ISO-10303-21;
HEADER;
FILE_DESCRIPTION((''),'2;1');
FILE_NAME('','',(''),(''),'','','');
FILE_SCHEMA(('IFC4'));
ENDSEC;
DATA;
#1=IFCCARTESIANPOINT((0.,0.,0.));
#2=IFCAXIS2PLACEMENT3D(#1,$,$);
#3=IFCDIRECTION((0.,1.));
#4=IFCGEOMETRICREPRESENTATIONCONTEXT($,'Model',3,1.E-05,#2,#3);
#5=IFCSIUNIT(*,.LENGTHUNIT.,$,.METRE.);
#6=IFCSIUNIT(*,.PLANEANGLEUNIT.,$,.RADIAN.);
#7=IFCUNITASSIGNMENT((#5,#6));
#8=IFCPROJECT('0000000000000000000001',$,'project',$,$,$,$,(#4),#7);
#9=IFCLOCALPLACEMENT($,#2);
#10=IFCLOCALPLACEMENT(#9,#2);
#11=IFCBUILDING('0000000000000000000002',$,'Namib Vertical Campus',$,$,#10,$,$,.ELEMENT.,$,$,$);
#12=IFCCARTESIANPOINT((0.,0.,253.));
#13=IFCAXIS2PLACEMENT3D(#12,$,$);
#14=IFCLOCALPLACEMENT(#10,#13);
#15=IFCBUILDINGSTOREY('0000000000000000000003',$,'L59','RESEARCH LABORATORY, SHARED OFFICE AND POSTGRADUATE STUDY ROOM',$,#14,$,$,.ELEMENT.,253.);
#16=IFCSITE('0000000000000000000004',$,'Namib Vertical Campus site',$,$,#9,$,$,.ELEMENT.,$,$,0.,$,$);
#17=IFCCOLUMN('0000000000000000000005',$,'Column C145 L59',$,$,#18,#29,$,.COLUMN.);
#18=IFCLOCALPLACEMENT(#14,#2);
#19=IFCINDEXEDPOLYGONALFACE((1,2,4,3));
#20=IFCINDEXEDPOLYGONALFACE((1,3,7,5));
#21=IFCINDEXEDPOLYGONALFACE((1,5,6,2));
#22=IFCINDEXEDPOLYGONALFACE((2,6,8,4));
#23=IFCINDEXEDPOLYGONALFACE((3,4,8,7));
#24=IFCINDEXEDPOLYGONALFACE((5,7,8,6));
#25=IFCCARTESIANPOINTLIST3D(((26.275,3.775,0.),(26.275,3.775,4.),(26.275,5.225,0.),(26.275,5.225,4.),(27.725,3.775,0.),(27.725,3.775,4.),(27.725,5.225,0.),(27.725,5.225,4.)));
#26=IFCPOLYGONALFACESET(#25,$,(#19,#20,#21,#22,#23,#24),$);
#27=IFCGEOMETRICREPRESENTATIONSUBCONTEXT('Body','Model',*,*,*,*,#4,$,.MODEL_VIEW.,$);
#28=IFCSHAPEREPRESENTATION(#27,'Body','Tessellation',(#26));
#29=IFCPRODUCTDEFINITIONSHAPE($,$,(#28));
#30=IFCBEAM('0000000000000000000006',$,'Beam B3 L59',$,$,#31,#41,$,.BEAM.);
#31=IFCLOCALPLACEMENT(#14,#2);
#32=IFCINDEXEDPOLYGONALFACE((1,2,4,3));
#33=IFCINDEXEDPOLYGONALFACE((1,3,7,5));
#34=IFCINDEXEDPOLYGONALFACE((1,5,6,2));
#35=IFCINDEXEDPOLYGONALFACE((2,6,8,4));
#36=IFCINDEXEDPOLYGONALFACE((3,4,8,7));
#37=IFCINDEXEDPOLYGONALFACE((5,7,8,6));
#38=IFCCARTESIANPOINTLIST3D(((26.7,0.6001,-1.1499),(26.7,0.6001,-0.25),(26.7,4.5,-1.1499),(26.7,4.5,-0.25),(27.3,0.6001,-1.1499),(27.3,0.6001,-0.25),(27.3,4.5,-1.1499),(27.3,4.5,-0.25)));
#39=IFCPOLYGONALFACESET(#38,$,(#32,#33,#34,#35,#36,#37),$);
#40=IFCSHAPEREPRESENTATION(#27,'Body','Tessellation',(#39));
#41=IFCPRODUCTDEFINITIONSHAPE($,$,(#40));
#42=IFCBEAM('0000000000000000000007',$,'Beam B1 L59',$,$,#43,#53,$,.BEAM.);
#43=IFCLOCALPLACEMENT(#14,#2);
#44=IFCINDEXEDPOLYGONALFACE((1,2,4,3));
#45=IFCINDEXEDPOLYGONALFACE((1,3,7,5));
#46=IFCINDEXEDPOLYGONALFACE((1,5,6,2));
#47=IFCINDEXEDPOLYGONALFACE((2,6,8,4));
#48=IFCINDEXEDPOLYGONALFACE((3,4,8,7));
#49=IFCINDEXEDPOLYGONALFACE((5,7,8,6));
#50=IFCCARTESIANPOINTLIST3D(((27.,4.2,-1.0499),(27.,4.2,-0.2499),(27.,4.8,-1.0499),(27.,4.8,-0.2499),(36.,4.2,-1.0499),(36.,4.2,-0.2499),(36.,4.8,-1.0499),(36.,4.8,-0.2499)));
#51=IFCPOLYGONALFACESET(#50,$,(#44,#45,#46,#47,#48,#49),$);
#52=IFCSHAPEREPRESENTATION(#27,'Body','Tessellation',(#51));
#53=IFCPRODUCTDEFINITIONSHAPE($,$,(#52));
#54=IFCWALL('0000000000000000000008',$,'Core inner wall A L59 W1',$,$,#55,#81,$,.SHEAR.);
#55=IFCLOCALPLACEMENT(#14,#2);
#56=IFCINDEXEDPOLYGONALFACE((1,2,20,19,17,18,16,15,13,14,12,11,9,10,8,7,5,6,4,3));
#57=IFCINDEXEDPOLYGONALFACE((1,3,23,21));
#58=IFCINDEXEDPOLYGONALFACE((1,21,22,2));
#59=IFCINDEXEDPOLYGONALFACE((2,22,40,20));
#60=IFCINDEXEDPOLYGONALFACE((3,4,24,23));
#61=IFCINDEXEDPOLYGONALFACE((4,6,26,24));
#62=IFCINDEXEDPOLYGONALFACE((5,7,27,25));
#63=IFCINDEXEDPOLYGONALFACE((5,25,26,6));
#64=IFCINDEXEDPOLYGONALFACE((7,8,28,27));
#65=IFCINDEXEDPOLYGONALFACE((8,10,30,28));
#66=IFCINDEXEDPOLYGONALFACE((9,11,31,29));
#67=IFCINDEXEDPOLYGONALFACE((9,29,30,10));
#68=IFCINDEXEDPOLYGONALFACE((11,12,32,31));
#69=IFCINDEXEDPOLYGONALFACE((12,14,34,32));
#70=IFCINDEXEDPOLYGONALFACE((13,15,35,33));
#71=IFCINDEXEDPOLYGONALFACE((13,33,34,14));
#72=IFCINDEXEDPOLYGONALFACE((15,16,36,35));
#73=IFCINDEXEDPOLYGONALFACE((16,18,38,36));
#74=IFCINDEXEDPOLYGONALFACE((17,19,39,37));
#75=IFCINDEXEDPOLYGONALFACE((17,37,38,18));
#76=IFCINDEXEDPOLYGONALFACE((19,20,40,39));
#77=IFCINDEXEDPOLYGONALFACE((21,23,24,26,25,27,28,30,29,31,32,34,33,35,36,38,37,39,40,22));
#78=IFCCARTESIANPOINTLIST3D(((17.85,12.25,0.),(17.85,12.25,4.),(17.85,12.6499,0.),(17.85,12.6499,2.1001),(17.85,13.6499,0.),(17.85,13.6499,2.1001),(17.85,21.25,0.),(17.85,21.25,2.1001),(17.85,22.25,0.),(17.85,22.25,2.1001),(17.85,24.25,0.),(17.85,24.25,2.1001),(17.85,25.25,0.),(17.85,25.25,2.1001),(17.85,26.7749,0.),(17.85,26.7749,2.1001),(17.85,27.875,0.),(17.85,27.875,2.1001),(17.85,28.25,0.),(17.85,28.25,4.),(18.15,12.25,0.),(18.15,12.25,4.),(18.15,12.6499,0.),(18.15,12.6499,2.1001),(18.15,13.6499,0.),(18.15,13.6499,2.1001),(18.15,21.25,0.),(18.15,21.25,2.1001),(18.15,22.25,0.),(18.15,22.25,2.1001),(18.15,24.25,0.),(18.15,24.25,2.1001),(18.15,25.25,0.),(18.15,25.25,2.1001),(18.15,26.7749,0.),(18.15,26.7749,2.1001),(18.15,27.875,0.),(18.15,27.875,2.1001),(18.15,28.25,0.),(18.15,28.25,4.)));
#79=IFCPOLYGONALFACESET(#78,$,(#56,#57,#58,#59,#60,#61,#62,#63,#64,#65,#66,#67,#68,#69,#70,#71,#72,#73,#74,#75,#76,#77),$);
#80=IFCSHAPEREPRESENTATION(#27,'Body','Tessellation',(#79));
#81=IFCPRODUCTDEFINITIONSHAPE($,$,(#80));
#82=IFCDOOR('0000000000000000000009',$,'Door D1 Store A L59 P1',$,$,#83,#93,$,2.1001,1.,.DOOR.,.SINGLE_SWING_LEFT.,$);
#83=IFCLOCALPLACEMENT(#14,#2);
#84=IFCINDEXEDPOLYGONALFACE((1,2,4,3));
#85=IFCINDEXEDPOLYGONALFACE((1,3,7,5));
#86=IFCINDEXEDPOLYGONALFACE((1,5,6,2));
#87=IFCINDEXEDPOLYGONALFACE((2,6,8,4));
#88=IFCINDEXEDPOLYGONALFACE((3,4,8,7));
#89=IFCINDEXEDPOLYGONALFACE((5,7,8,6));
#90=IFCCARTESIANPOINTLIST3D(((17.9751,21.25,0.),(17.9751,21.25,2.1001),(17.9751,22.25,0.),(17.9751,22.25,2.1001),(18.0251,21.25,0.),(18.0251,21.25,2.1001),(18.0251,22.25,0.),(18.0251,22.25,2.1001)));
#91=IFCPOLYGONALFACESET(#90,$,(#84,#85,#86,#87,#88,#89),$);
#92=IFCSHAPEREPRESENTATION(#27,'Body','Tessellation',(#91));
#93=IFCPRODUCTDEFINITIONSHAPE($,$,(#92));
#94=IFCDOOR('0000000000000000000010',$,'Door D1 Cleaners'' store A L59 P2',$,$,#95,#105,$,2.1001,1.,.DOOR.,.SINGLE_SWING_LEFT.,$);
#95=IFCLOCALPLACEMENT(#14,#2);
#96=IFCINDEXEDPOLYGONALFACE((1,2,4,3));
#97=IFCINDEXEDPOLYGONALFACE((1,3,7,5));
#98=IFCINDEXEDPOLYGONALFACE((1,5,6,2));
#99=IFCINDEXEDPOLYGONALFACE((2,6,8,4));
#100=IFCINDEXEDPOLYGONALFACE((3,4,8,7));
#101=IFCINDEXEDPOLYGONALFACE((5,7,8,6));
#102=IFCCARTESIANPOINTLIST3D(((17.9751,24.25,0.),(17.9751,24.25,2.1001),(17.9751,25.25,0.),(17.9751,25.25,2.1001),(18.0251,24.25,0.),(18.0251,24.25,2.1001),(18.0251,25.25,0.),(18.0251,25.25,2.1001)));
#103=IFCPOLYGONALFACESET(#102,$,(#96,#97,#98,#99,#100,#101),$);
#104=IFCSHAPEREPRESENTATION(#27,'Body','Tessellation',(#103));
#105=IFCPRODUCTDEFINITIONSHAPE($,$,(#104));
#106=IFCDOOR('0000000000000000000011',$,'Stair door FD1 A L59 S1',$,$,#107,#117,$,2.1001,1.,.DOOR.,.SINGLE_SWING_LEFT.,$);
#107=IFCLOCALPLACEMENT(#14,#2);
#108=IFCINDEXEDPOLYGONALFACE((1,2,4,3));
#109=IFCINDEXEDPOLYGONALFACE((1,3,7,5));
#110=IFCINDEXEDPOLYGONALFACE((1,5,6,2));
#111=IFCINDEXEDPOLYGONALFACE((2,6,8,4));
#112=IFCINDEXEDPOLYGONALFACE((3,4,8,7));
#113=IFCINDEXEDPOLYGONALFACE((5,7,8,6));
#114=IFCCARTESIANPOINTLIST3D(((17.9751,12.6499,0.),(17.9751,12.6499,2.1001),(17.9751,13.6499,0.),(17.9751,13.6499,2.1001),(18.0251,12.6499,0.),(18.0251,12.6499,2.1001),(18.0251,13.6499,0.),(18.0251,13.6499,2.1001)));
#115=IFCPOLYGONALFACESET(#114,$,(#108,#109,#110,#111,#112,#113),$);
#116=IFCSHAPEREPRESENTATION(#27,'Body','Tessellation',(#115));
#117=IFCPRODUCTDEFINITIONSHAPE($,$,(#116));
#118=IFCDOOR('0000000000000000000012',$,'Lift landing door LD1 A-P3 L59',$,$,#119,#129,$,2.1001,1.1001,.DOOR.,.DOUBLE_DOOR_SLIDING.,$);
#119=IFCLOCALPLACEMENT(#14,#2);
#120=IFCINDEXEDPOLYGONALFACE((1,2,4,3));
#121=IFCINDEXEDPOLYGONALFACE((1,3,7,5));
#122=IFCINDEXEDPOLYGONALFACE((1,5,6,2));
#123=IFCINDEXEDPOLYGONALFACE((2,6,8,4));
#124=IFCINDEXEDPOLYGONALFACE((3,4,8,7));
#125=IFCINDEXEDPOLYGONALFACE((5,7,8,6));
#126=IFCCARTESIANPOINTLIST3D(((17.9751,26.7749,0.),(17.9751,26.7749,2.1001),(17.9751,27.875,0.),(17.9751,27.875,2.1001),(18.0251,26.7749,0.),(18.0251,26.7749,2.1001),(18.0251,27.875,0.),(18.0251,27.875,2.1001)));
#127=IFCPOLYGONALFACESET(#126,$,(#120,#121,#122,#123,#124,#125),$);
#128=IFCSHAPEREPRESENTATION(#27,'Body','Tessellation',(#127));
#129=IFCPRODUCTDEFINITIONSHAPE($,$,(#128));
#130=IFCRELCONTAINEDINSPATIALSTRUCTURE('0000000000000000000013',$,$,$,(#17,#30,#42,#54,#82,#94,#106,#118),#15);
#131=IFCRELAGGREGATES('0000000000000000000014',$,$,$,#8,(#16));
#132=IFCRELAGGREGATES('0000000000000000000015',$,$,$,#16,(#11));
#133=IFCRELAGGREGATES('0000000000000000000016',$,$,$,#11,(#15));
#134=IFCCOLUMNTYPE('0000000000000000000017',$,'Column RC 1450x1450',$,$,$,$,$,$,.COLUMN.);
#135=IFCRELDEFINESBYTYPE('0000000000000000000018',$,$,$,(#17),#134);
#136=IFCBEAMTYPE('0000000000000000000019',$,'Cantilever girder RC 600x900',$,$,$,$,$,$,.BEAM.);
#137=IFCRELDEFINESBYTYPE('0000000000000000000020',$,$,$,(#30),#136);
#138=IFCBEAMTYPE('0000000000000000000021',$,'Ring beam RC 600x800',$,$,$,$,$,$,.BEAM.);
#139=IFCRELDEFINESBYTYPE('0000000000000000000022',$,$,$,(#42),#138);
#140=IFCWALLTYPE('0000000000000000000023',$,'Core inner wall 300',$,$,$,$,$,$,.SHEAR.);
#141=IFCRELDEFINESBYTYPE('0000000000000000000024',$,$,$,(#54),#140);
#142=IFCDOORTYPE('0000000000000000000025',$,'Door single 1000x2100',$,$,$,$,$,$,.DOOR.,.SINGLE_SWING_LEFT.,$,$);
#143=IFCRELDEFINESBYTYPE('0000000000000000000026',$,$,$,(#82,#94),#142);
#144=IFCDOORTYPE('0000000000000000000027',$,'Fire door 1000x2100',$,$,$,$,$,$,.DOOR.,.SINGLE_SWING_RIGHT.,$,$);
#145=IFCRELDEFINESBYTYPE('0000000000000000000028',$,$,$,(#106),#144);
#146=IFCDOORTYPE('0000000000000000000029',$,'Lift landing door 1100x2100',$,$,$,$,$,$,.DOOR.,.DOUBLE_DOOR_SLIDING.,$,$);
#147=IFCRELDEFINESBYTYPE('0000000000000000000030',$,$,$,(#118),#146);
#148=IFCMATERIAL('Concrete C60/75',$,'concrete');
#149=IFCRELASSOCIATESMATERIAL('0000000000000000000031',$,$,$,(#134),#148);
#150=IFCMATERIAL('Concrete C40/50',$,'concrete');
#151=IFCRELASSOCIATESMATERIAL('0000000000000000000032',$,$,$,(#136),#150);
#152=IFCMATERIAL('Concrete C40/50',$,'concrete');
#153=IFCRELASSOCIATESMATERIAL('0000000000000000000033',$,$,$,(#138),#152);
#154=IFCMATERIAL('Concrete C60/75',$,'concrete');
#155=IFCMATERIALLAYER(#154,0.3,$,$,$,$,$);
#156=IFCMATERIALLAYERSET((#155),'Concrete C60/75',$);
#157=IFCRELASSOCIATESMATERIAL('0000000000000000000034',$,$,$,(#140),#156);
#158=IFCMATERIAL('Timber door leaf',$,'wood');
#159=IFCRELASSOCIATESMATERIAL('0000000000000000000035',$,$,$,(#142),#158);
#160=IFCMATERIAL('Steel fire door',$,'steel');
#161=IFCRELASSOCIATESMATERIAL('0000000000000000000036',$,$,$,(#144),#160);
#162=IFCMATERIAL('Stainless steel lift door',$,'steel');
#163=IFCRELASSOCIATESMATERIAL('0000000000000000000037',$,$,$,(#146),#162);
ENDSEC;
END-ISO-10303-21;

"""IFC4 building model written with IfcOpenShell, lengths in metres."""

from ifc_helpers import new_model, si_unit, direction, frame, frame_2d, origin, origin_2d, place, context, subcontext, project, spatial, rectangle, extrude, material, layer, layer_set, material_profile, profile_set, type_object, element, fill, save


model = new_model("IFC4")

# Units and contexts
model_context = context("Model", 3, precision=1e-05, world=origin(), true_north=direction((0.0, 1.0)))
body_context = subcontext(model_context, "Body", "Model", "MODEL_VIEW")
ifc_project = project(units=[si_unit("LENGTHUNIT", "METRE"), si_unit("PLANEANGLEUNIT", "RADIAN")], contexts=[model_context])

# Site, building, storey
site_placement = place(None, origin())
site = spatial("IfcSite", under=ifc_project, at=site_placement, Name="Namib Vertical Campus site", CompositionType="ELEMENT", RefElevation=0.0)
building_placement = place(site_placement, origin())
building = spatial("IfcBuilding", under=site, at=building_placement, Name="Namib Vertical Campus", CompositionType="ELEMENT")
storey_placement = place(building_placement, frame((0.0, 0.0, 253.0)))
storey = spatial("IfcBuildingStorey", under=building, at=storey_placement, Name="L59", Description="RESEARCH LABORATORY, SHARED OFFICE AND POSTGRADUATE STUDY ROOM", CompositionType="ELEMENT", Elevation=253.0)

# Column
ifc_material_1 = material(Name="Concrete C60/75", Category="concrete")
ifc_material_profile_1 = material_profile(ifc_material_1, rectangle(XDim=1.45, YDim=1.45, at=origin_2d()))
ifc_profile_set_1 = profile_set([ifc_material_profile_1], Name="Concrete C60/75")
column_type = type_object("IfcColumnType", Name="Column RC 1450x1450", PredefinedType="COLUMN", material=ifc_profile_set_1)
column_placement = place(storey_placement, frame((27.0, 4.5, 0.0), z_axis=(0.0, 0.0, 1.0), x_axis=(1.0, 0.0, 0.0)))
element("IfcColumn", 1, at=column_placement, inside=storey, type_object=column_type, Name="Column C145 L59", PredefinedType="COLUMN", context=body_context, shape_type="SweptSolid", body=[
    extrude(rectangle(XDim=1.45, YDim=1.45, at=origin_2d()), origin(), (0.0, 0.0, 1.0), 4.0),
])

# Beams
ifc_material_2 = material(Name="Concrete C40/50", Category="concrete")
ifc_material_profile_2 = material_profile(ifc_material_2, rectangle(XDim=0.6001, YDim=0.8999, at=origin_2d()))
ifc_profile_set_2 = profile_set([ifc_material_profile_2], Name="Concrete C40/50")
beam_type_1 = type_object("IfcBeamType", Name="Cantilever girder RC 600x900", PredefinedType="BEAM", material=ifc_profile_set_2)
beam_1_placement = place(storey_placement, frame((27.0, 4.5, -0.7), z_axis=(0.0, -1.0, 0.0), x_axis=(1.0, 0.0, 0.0)))
element("IfcBeam", 2, at=beam_1_placement, inside=storey, type_object=beam_type_1, Name="Beam B3 L59", PredefinedType="BEAM", context=body_context, shape_type="SweptSolid", body=[
    extrude(rectangle(XDim=0.6001, YDim=0.8999, at=origin_2d()), origin(), (0.0, 0.0, 1.0), 3.8999),
])
ifc_material_3 = material(Name="Concrete C40/50", Category="concrete")
ifc_material_profile_3 = material_profile(ifc_material_3, rectangle(XDim=0.6001, YDim=0.8, at=origin_2d()))
ifc_profile_set_3 = profile_set([ifc_material_profile_3], Name="Concrete C40/50")
beam_type_2 = type_object("IfcBeamType", Name="Ring beam RC 600x800", PredefinedType="BEAM", material=ifc_profile_set_3)
beam_2_placement = place(storey_placement, frame((27.0, 4.5, -0.6499), z_axis=(1.0, 0.0, 0.0), x_axis=(0.0, 1.0, 0.0)))
element("IfcBeam", 3, at=beam_2_placement, inside=storey, type_object=beam_type_2, Name="Beam B1 L59", PredefinedType="BEAM", context=body_context, shape_type="SweptSolid", body=[
    extrude(rectangle(XDim=0.6001, YDim=0.8, at=origin_2d()), origin(), (0.0, 0.0, 1.0), 9.0),
])

# Wall, openings, doors
ifc_material_4 = material(Name="Concrete C60/75", Category="concrete")
ifc_layer_1 = layer(ifc_material_4, 0.3)
ifc_layer_set_1 = layer_set([ifc_layer_1], Name="Concrete C60/75")
wall_type_1 = type_object("IfcWallType", Name="Core inner wall 300", PredefinedType="SHEAR", material=ifc_layer_set_1)
wall_1_placement = place(storey_placement, frame((18.0, 12.25, 0.0), z_axis=(0.0, 0.0, 1.0), x_axis=(0.0, 1.0, 0.0)))
wall_1 = element("IfcWall", 4, at=wall_1_placement, inside=storey, type_object=wall_type_1, Name="Core inner wall A L59 W1", PredefinedType="SHEAR", context=body_context, shape_type="SweptSolid", body=[
    extrude(rectangle(XDim=16.0, YDim=0.3, at=frame_2d((8.0, 0.0))), origin(), (0.0, 0.0, 1.0), 4.0),
])
opening_1_placement = place(wall_1_placement, frame((0.3999, 0.0, 0.0)))
opening_1 = element("IfcOpeningElement", 5, at=opening_1_placement, cuts=wall_1, PredefinedType="OPENING", context=body_context, shape_type="SweptSolid", body=[
    extrude(rectangle(XDim=1.0, YDim=2.1001, at=frame_2d((0.5, 1.05))), frame((0.0, 0.1599, 0.0), z_axis=(0.0, -1.0, 0.0), x_axis=(1.0, 0.0, 0.0)), (0.0, 0.0, 1.0), 0.3201),
])
opening_2_placement = place(wall_1_placement, frame((14.5249, 0.0, 0.0)))
opening_2 = element("IfcOpeningElement", 6, at=opening_2_placement, cuts=wall_1, PredefinedType="OPENING", context=body_context, shape_type="SweptSolid", body=[
    extrude(rectangle(XDim=1.1001, YDim=2.1001, at=frame_2d((0.55, 1.05))), frame((0.0, 0.1599, 0.0), z_axis=(0.0, -1.0, 0.0), x_axis=(1.0, 0.0, 0.0)), (0.0, 0.0, 1.0), 0.3201),
])
opening_3_placement = place(wall_1_placement, frame((9.0, 0.0, 0.0)))
opening_3 = element("IfcOpeningElement", 7, at=opening_3_placement, cuts=wall_1, PredefinedType="OPENING", context=body_context, shape_type="SweptSolid", body=[
    extrude(rectangle(XDim=1.0, YDim=2.1001, at=frame_2d((0.5, 1.05))), frame((0.0, 0.1599, 0.0), z_axis=(0.0, -1.0, 0.0), x_axis=(1.0, 0.0, 0.0)), (0.0, 0.0, 1.0), 0.3201),
])
opening_4_placement = place(wall_1_placement, frame((12.0, 0.0, 0.0)))
opening_4 = element("IfcOpeningElement", 8, at=opening_4_placement, cuts=wall_1, PredefinedType="OPENING", context=body_context, shape_type="SweptSolid", body=[
    extrude(rectangle(XDim=1.0, YDim=2.1001, at=frame_2d((0.5, 1.05))), frame((0.0, 0.1599, 0.0), z_axis=(0.0, -1.0, 0.0), x_axis=(1.0, 0.0, 0.0)), (0.0, 0.0, 1.0), 0.3201),
])
ifc_material_5 = material(Name="Timber door leaf", Category="wood")
door_type_1 = type_object("IfcDoorType", Name="Door single 1000x2100", OperationType="SINGLE_SWING_LEFT", PredefinedType="DOOR", material=ifc_material_5)
door_1_placement = place(opening_3_placement, origin())
door_1 = element("IfcDoor", 9, at=door_1_placement, inside=storey, type_object=door_type_1, Name="Door D1 Store A L59 P1", OperationType="SINGLE_SWING_LEFT", OverallHeight=2.1001, OverallWidth=1.0, PredefinedType="DOOR", context=body_context, shape_type="SweptSolid", body=[
    extrude(rectangle(XDim=1.0, YDim=2.1001, at=frame_2d((0.5, 1.05))), frame((0.0, 0.0249, 0.0), z_axis=(0.0, -1.0, 0.0), x_axis=(1.0, 0.0, 0.0)), (0.0, 0.0, 1.0), 0.05),
])
fill(opening_3, door_1)
door_2_placement = place(opening_4_placement, origin())
door_2 = element("IfcDoor", 10, at=door_2_placement, inside=storey, type_object=door_type_1, Name="Door D1 Cleaners' store A L59 P2", OperationType="SINGLE_SWING_LEFT", OverallHeight=2.1001, OverallWidth=1.0, PredefinedType="DOOR", context=body_context, shape_type="SweptSolid", body=[
    extrude(rectangle(XDim=1.0, YDim=2.1001, at=frame_2d((0.5, 1.05))), frame((0.0, 0.0249, 0.0), z_axis=(0.0, -1.0, 0.0), x_axis=(1.0, 0.0, 0.0)), (0.0, 0.0, 1.0), 0.05),
])
fill(opening_4, door_2)
ifc_material_6 = material(Name="Steel fire door", Category="steel")
door_type_2 = type_object("IfcDoorType", Name="Fire door 1000x2100", OperationType="SINGLE_SWING_RIGHT", PredefinedType="DOOR", material=ifc_material_6)
door_3_placement = place(opening_1_placement, origin())
door_3 = element("IfcDoor", 11, at=door_3_placement, inside=storey, type_object=door_type_2, Name="Stair door FD1 A L59 S1", OperationType="SINGLE_SWING_LEFT", OverallHeight=2.1001, OverallWidth=1.0, PredefinedType="DOOR", context=body_context, shape_type="SweptSolid", body=[
    extrude(rectangle(XDim=1.0, YDim=2.1001, at=frame_2d((0.5, 1.05))), frame((0.0, 0.0249, 0.0), z_axis=(0.0, -1.0, 0.0), x_axis=(1.0, 0.0, 0.0)), (0.0, 0.0, 1.0), 0.05),
])
fill(opening_1, door_3)
ifc_material_7 = material(Name="Stainless steel lift door", Category="steel")
door_type_3 = type_object("IfcDoorType", Name="Lift landing door 1100x2100", OperationType="DOUBLE_DOOR_SLIDING", PredefinedType="DOOR", material=ifc_material_7)
door_4_placement = place(opening_2_placement, origin())
door_4 = element("IfcDoor", 12, at=door_4_placement, inside=storey, type_object=door_type_3, Name="Lift landing door LD1 A-P3 L59", OperationType="DOUBLE_DOOR_SLIDING", OverallHeight=2.1001, OverallWidth=1.1001, PredefinedType="DOOR", context=body_context, shape_type="SweptSolid", body=[
    extrude(rectangle(XDim=1.1001, YDim=2.1001, at=frame_2d((0.55, 1.05))), frame((0.0, 0.0249, 0.0), z_axis=(0.0, -1.0, 0.0), x_axis=(1.0, 0.0, 0.0)), (0.0, 0.0, 1.0), 0.05),
])
fill(opening_2, door_4)

save(model, "model.ifc")
